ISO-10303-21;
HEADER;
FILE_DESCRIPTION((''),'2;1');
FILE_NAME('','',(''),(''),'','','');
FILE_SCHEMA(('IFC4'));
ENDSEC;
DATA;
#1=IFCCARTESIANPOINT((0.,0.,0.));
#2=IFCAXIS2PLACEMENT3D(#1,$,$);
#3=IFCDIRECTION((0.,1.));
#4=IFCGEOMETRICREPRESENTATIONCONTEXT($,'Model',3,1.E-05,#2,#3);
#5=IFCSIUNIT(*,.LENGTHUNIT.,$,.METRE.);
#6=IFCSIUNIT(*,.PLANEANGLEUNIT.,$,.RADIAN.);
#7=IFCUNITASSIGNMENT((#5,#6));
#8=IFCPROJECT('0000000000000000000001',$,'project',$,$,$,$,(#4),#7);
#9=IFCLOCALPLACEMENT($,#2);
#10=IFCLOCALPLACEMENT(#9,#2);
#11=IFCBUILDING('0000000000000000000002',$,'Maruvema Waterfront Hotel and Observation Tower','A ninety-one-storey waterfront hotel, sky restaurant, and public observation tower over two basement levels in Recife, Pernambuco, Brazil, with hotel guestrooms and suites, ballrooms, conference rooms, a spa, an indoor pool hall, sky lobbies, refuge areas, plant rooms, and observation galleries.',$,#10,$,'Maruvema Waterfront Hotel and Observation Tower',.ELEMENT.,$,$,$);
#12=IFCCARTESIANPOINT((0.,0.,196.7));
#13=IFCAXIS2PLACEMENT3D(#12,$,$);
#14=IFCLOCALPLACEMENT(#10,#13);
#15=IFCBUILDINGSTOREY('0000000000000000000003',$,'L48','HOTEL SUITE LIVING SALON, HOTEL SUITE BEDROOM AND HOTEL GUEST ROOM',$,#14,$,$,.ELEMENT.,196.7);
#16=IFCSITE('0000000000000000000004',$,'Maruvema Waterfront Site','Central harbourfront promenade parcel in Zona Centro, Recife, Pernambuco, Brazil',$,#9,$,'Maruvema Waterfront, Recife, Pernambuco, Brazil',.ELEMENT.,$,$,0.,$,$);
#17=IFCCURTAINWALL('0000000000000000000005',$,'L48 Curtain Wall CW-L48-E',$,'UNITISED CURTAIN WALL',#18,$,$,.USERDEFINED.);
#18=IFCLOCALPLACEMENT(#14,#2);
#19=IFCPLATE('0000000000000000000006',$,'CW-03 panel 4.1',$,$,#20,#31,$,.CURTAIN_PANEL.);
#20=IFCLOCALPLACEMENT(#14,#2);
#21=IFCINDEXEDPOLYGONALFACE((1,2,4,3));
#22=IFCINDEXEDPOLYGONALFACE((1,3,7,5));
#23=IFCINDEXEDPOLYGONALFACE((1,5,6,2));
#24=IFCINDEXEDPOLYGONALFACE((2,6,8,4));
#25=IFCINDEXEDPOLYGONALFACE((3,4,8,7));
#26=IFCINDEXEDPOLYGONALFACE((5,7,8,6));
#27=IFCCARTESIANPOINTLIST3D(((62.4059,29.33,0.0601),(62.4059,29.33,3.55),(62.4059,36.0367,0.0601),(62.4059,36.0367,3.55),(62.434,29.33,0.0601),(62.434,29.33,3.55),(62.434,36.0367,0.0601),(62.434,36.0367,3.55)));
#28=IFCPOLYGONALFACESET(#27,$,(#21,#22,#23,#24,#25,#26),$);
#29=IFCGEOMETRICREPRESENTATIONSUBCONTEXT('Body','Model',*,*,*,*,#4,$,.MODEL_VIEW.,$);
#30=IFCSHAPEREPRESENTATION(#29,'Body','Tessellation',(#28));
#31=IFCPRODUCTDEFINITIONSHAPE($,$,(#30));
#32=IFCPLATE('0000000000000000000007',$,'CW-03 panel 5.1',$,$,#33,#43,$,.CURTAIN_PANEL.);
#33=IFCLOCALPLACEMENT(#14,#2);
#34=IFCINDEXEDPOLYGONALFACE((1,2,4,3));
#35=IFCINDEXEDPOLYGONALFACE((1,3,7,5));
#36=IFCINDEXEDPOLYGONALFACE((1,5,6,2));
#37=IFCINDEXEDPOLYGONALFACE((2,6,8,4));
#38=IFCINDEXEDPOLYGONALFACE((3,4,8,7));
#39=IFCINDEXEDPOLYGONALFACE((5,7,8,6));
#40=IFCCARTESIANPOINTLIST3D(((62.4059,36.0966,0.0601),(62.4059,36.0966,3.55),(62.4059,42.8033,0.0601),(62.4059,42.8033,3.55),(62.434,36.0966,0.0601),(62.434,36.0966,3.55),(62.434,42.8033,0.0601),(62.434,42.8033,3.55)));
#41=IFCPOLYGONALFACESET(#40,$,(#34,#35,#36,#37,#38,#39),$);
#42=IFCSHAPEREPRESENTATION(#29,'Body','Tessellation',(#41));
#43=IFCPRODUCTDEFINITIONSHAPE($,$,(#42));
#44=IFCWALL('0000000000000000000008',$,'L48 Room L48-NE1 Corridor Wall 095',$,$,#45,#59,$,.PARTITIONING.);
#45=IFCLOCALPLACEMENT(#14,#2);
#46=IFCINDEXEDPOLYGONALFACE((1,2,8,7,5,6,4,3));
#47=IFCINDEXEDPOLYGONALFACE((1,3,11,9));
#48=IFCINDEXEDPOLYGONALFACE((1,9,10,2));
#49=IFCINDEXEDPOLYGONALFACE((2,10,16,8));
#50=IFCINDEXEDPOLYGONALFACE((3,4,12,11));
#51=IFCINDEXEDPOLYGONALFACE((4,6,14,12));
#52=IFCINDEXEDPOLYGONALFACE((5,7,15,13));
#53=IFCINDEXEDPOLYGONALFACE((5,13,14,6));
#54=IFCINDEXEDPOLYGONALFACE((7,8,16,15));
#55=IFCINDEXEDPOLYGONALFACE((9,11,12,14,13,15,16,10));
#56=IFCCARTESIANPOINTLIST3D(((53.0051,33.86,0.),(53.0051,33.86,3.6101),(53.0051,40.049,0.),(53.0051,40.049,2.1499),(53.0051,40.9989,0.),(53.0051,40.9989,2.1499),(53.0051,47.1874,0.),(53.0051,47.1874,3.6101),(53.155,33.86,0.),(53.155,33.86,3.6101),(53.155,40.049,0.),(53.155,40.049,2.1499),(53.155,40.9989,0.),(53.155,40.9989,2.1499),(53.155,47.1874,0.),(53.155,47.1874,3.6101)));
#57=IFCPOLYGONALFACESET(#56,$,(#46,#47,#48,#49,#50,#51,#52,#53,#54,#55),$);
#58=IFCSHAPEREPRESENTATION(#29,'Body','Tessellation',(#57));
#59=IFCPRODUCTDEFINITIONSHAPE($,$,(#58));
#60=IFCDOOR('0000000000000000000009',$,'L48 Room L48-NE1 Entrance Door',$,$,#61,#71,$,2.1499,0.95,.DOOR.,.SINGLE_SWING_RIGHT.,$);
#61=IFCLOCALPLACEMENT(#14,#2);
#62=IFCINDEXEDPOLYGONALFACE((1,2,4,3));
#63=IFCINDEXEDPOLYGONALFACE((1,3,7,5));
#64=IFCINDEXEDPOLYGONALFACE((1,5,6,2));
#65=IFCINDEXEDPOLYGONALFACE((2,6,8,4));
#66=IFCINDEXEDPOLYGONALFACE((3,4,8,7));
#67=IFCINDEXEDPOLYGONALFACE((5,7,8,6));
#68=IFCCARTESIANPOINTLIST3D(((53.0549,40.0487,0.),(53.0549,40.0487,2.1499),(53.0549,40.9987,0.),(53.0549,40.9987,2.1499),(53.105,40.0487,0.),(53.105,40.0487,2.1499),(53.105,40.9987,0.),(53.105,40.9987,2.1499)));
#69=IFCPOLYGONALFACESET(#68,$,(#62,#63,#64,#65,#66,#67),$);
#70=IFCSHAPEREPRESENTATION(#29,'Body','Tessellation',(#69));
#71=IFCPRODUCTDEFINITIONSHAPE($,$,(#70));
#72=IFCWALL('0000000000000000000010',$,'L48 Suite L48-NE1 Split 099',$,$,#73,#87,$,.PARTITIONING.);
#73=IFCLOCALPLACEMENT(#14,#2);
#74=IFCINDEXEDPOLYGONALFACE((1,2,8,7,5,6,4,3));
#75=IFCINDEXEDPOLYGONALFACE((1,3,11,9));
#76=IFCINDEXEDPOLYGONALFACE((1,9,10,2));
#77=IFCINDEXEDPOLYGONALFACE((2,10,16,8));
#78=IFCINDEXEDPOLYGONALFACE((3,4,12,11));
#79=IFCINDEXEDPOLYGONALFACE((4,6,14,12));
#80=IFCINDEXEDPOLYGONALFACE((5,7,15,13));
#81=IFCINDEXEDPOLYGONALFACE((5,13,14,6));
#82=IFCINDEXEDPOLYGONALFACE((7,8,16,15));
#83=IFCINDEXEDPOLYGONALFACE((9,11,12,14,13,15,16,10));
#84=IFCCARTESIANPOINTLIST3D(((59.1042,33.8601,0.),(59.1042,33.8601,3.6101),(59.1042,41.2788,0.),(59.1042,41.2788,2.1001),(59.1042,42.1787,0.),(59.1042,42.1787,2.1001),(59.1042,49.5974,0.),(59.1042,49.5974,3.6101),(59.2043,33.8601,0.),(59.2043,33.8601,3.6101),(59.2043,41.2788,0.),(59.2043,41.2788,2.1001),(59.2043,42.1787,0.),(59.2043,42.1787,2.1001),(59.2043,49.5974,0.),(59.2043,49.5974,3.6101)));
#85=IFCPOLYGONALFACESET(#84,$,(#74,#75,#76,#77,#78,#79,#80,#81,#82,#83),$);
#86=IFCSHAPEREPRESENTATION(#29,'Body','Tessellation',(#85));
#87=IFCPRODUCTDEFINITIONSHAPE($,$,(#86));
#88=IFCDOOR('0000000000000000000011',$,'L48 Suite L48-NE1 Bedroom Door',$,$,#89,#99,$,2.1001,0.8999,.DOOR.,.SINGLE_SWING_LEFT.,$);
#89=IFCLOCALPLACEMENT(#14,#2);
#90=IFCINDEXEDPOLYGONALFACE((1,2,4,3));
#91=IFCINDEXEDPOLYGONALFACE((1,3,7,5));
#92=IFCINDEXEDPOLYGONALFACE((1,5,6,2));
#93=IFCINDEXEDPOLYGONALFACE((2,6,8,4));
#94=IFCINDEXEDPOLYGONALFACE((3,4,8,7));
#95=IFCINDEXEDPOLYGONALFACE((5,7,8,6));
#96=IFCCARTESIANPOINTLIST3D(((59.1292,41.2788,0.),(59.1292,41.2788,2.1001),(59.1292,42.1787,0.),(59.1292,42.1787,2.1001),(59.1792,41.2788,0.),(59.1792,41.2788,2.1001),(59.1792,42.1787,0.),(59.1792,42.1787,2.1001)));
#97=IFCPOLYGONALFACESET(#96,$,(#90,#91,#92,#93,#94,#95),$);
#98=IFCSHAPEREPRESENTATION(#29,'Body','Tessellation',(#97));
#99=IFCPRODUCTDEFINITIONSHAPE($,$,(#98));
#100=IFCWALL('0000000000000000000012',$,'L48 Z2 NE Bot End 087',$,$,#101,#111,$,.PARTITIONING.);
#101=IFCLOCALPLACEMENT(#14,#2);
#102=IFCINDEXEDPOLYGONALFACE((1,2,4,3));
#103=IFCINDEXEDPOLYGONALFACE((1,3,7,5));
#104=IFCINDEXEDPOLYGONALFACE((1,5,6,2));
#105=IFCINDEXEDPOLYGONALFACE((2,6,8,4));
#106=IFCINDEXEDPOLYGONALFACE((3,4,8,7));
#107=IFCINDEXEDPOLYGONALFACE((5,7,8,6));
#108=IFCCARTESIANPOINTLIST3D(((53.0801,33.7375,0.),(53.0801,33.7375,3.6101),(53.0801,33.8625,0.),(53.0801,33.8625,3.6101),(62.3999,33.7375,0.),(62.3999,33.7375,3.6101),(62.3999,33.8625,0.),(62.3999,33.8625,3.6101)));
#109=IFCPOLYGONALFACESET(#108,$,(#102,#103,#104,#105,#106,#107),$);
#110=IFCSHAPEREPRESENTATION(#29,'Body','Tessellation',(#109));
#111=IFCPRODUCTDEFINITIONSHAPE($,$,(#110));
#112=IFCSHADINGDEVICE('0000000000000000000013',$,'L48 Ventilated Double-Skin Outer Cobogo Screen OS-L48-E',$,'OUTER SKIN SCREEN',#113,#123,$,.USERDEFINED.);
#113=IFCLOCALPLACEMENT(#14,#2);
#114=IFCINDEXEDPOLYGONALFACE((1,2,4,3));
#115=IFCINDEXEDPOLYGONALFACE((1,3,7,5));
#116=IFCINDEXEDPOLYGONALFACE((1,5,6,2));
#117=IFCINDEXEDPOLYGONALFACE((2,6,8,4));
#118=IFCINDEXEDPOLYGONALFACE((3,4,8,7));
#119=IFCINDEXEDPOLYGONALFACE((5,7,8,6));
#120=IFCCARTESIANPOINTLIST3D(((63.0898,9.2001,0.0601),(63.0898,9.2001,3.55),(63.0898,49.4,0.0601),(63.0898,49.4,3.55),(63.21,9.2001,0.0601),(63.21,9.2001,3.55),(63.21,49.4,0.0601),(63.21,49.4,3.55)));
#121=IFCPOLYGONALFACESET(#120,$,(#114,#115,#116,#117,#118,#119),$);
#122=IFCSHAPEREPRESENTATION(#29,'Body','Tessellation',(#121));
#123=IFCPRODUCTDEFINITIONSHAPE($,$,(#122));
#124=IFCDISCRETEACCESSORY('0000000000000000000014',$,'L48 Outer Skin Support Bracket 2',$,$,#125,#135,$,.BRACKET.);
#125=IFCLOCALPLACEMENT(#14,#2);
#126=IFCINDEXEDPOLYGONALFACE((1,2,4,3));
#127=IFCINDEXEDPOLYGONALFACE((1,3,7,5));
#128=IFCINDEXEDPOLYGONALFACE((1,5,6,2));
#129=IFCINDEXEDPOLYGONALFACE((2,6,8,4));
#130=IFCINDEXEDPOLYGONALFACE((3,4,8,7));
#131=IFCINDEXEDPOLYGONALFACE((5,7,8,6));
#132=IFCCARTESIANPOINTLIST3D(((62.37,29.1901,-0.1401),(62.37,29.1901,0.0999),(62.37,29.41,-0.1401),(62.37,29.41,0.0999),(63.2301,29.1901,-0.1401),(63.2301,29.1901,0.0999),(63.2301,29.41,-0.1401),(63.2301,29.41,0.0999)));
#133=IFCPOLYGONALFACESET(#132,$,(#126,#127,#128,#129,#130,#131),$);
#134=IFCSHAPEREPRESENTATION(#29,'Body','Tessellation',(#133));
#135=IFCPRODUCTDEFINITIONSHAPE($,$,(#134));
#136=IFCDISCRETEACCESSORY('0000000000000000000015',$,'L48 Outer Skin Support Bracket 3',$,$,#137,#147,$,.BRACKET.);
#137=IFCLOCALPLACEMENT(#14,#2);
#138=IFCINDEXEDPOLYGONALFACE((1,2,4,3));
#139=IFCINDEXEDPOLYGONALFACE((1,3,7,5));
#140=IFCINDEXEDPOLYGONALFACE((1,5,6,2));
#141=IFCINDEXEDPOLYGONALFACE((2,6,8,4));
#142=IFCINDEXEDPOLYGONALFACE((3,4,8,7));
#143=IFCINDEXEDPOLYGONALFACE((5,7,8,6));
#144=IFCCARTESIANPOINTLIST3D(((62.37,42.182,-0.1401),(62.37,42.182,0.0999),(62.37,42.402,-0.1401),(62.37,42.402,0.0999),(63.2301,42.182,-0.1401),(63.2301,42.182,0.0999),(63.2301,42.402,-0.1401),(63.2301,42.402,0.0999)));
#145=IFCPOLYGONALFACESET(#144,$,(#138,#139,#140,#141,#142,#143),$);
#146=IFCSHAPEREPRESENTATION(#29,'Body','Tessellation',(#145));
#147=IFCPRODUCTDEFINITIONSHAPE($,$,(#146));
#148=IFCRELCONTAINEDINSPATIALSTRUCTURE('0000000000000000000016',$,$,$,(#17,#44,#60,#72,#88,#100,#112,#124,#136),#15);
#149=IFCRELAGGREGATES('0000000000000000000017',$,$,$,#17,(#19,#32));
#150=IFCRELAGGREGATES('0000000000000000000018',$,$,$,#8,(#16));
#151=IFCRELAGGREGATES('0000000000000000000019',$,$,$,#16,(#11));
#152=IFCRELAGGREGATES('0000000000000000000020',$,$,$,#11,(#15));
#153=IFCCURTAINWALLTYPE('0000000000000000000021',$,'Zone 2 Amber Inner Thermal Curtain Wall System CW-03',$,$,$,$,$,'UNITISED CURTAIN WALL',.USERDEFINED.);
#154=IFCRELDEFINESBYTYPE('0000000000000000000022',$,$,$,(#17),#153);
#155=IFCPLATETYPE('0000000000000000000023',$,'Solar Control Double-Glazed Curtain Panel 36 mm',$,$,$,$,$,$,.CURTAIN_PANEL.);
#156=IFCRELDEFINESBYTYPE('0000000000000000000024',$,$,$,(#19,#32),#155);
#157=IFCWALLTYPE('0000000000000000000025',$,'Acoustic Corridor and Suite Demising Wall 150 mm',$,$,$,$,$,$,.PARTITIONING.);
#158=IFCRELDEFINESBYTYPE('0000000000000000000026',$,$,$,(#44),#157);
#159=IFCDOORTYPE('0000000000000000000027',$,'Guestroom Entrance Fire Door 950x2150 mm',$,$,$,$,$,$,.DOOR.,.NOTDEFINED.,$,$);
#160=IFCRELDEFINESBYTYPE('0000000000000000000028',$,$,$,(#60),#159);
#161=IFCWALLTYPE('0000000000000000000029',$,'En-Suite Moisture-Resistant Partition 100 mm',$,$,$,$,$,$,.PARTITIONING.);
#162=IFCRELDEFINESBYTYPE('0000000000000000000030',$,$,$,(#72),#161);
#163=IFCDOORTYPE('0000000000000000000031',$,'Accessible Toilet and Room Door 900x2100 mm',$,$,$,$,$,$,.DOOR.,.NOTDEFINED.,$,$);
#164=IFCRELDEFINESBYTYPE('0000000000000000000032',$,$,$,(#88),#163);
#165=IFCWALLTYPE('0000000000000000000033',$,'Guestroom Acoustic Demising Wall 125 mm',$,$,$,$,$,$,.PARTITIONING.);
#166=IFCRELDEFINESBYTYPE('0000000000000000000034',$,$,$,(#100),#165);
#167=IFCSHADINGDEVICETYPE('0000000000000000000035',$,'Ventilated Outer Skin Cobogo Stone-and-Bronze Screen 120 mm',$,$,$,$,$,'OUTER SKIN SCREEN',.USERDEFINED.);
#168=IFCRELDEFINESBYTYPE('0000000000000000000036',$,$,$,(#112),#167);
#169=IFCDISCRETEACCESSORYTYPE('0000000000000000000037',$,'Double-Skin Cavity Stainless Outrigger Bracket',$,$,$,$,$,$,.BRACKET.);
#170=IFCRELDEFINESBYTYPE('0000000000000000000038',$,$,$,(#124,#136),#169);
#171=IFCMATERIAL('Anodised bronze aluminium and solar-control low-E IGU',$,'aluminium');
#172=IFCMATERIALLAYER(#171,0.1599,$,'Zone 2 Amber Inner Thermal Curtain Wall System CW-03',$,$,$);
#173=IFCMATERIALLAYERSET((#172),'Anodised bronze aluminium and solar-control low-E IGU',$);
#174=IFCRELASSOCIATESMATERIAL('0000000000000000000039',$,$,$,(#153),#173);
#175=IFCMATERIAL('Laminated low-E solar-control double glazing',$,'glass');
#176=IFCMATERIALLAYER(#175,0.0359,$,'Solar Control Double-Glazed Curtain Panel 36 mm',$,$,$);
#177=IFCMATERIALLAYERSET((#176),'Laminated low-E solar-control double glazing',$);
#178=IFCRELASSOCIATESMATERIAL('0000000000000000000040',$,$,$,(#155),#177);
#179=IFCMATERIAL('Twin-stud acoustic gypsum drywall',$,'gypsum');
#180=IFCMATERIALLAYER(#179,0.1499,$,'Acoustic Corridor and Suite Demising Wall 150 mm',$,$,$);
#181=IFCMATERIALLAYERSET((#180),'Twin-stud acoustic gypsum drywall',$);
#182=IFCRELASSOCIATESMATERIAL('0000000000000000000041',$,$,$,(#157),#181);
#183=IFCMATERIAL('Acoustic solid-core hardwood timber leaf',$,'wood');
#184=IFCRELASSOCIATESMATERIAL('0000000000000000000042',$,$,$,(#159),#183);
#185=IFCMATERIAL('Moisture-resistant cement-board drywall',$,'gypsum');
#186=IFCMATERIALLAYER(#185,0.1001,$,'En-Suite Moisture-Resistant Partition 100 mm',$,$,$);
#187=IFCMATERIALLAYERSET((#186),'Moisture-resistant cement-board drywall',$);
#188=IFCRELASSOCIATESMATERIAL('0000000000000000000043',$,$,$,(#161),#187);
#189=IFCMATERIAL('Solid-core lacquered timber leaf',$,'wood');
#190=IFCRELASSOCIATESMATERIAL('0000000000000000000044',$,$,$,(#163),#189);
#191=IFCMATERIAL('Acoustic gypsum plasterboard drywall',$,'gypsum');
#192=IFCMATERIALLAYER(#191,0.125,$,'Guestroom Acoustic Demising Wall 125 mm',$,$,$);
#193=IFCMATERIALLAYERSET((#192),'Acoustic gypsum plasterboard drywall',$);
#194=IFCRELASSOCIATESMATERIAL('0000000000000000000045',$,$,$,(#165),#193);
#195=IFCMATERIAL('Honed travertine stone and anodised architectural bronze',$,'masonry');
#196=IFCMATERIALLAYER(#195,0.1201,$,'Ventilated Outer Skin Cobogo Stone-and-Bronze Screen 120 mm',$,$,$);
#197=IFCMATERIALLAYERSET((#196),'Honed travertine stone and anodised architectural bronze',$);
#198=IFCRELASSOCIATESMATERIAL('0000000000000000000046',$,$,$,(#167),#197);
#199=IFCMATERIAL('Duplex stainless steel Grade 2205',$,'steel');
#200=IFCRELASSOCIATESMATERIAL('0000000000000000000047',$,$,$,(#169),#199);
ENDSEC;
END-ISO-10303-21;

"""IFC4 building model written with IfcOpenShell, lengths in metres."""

from ifc_helpers import new_model, si_unit, direction, frame, frame_2d, origin, origin_2d, place, context, subcontext, project, spatial, rectangle, extrude, material, layer, layer_set, type_object, element, fill, aggregate, save


model = new_model("IFC4")

# Units and contexts
model_context = context("Model", 3, precision=1e-05, world=origin(), true_north=direction((0.0, 1.0)))
body_context = subcontext(model_context, "Body", "Model", "MODEL_VIEW")
ifc_project = project(units=[si_unit("LENGTHUNIT", "METRE"), si_unit("PLANEANGLEUNIT", "RADIAN")], contexts=[model_context])

# Site, building, storey
site_placement = place(None, origin())
site = spatial("IfcSite", under=ifc_project, at=site_placement, Name="Maruvema Waterfront Site", Description="Central harbourfront promenade parcel in Zona Centro, Recife, Pernambuco, Brazil", LongName="Maruvema Waterfront, Recife, Pernambuco, Brazil", CompositionType="ELEMENT", RefElevation=0.0)
building_placement = place(site_placement, origin())
building = spatial("IfcBuilding", under=site, at=building_placement, Name="Maruvema Waterfront Hotel and Observation Tower", Description="A ninety-one-storey waterfront hotel, sky restaurant, and public observation tower over two basement levels in Recife, Pernambuco, Brazil, with hotel guestrooms and suites, ballrooms, conference rooms, a spa, an indoor pool hall, sky lobbies, refuge areas, plant rooms, and observation galleries.", LongName="Maruvema Waterfront Hotel and Observation Tower", CompositionType="ELEMENT")
storey_placement = place(building_placement, frame((0.0, 0.0, 196.7)))
storey = spatial("IfcBuildingStorey", under=building, at=storey_placement, Name="L48", Description="HOTEL SUITE LIVING SALON, HOTEL SUITE BEDROOM AND HOTEL GUEST ROOM", CompositionType="ELEMENT", Elevation=196.7)

# Curtain wall
ifc_material_1 = material(Name="Anodised bronze aluminium and solar-control low-E IGU", Category="aluminium")
ifc_layer_1 = layer(ifc_material_1, 0.1599, Name="Zone 2 Amber Inner Thermal Curtain Wall System CW-03")
ifc_layer_set_1 = layer_set([ifc_layer_1], Name="Anodised bronze aluminium and solar-control low-E IGU")
curtain_wall_type = type_object("IfcCurtainWallType", Name="Zone 2 Amber Inner Thermal Curtain Wall System CW-03", ElementType="UNITISED CURTAIN WALL", PredefinedType="USERDEFINED", material=ifc_layer_set_1)
curtain_wall_placement = place(storey_placement, origin())
curtain_wall = element("IfcCurtainWall", 1, at=curtain_wall_placement, inside=storey, type_object=curtain_wall_type, Name="L48 Curtain Wall CW-L48-E", ObjectType="UNITISED CURTAIN WALL", PredefinedType="USERDEFINED")

# Plates
ifc_material_2 = material(Name="Laminated low-E solar-control double glazing", Category="glass")
ifc_layer_2 = layer(ifc_material_2, 0.0359, Name="Solar Control Double-Glazed Curtain Panel 36 mm")
ifc_layer_set_2 = layer_set([ifc_layer_2], Name="Laminated low-E solar-control double glazing")
plate_type = type_object("IfcPlateType", Name="Solar Control Double-Glazed Curtain Panel 36 mm", PredefinedType="CURTAIN_PANEL", material=ifc_layer_set_2)
plate_1_placement = place(storey_placement, frame((62.4199, 32.6833, 0.0601), z_axis=(0.0, 0.0, 1.0), x_axis=(0.0, 1.0, 0.0)))
plate_1 = element("IfcPlate", 2, at=plate_1_placement, type_object=plate_type, Name="CW-03 panel 4.1", PredefinedType="CURTAIN_PANEL", context=body_context, shape_type="SweptSolid", body=[
    extrude(rectangle(XDim=6.7068, YDim=0.0281, at=origin_2d()), origin(), (0.0, 0.0, 1.0), 3.49),
])
plate_2_placement = place(storey_placement, frame((62.4199, 39.45, 0.0601), z_axis=(0.0, 0.0, 1.0), x_axis=(0.0, 1.0, 0.0)))
plate_2 = element("IfcPlate", 3, at=plate_2_placement, type_object=plate_type, Name="CW-03 panel 5.1", PredefinedType="CURTAIN_PANEL", context=body_context, shape_type="SweptSolid", body=[
    extrude(rectangle(XDim=6.7068, YDim=0.0281, at=origin_2d()), origin(), (0.0, 0.0, 1.0), 3.49),
])
aggregate(curtain_wall, [plate_1, plate_2])

# Walls, openings, doors
ifc_material_3 = material(Name="Twin-stud acoustic gypsum drywall", Category="gypsum")
ifc_layer_3 = layer(ifc_material_3, 0.1499, Name="Acoustic Corridor and Suite Demising Wall 150 mm")
ifc_layer_set_3 = layer_set([ifc_layer_3], Name="Twin-stud acoustic gypsum drywall")
wall_type_1 = type_object("IfcWallType", Name="Acoustic Corridor and Suite Demising Wall 150 mm", PredefinedType="PARTITIONING", material=ifc_layer_set_3)
wall_1_placement = place(storey_placement, frame((53.0801, 33.8601, 0.0), z_axis=(0.0, 0.0, 1.0), x_axis=(0.0, 1.0, 0.0)))
wall_1 = element("IfcWall", 4, at=wall_1_placement, inside=storey, type_object=wall_type_1, Name="L48 Room L48-NE1 Corridor Wall 095", PredefinedType="PARTITIONING", context=body_context, shape_type="SweptSolid", body=[
    extrude(rectangle(XDim=13.3274, YDim=0.1499, at=frame_2d((6.6636, 0.0))), origin(), (0.0, 0.0, 1.0), 3.6101),
])
opening_1_placement = place(wall_1_placement, frame((6.1887, 0.0, 0.0)))
opening_1 = element("IfcOpeningElement", 5, at=opening_1_placement, cuts=wall_1, PredefinedType="OPENING", context=body_context, shape_type="SweptSolid", body=[
    extrude(rectangle(XDim=0.95, YDim=2.1499, at=frame_2d((0.4751, 1.075))), frame((0.0, 0.085, 0.0), z_axis=(0.0, -1.0, 0.0), x_axis=(1.0, 0.0, 0.0)), (0.0, 0.0, 1.0), 0.1699),
])
ifc_material_4 = material(Name="Acoustic solid-core hardwood timber leaf", Category="wood")
door_type_1 = type_object("IfcDoorType", Name="Guestroom Entrance Fire Door 950x2150 mm", OperationType="NOTDEFINED", PredefinedType="DOOR", material=ifc_material_4)
door_1_placement = place(opening_1_placement, frame((0.95, 0.0, 0.0), z_axis=(0.0, 0.0, 1.0), x_axis=(-1.0, 0.0, 0.0)))
door_1 = element("IfcDoor", 6, at=door_1_placement, inside=storey, type_object=door_type_1, Name="L48 Room L48-NE1 Entrance Door", OperationType="SINGLE_SWING_RIGHT", OverallHeight=2.1499, OverallWidth=0.95, PredefinedType="DOOR", context=body_context, shape_type="SweptSolid", body=[
    extrude(rectangle(XDim=0.95, YDim=2.1499, at=frame_2d((0.4751, 1.075))), frame((0.0, 0.0249, 0.0), z_axis=(0.0, -1.0, 0.0), x_axis=(1.0, 0.0, 0.0)), (0.0, 0.0, 1.0), 0.05),
])
fill(opening_1, door_1)
ifc_material_5 = material(Name="Moisture-resistant cement-board drywall", Category="gypsum")
ifc_layer_4 = layer(ifc_material_5, 0.1001, Name="En-Suite Moisture-Resistant Partition 100 mm")
ifc_layer_set_4 = layer_set([ifc_layer_4], Name="Moisture-resistant cement-board drywall")
wall_type_2 = type_object("IfcWallType", Name="En-Suite Moisture-Resistant Partition 100 mm", PredefinedType="PARTITIONING", material=ifc_layer_set_4)
wall_2_placement = place(storey_placement, frame((59.1543, 33.8601, 0.0), z_axis=(0.0, 0.0, 1.0), x_axis=(0.0, 1.0, 0.0)))
wall_2 = element("IfcWall", 7, at=wall_2_placement, inside=storey, type_object=wall_type_2, Name="L48 Suite L48-NE1 Split 099", PredefinedType="PARTITIONING", context=body_context, shape_type="SweptSolid", body=[
    extrude(rectangle(XDim=15.7373, YDim=0.1001, at=frame_2d((7.8687, 0.0))), origin(), (0.0, 0.0, 1.0), 3.6101),
])
opening_2_placement = place(wall_2_placement, frame((7.4187, 0.0, 0.0)))
opening_2 = element("IfcOpeningElement", 8, at=opening_2_placement, cuts=wall_2, PredefinedType="OPENING", context=body_context, shape_type="SweptSolid", body=[
    extrude(rectangle(XDim=0.8999, YDim=2.1001, at=frame_2d((0.45, 1.05))), frame((0.0, 0.0601, 0.0), z_axis=(0.0, -1.0, 0.0), x_axis=(1.0, 0.0, 0.0)), (0.0, 0.0, 1.0), 0.1201),
])
ifc_material_6 = material(Name="Solid-core lacquered timber leaf", Category="wood")
door_type_2 = type_object("IfcDoorType", Name="Accessible Toilet and Room Door 900x2100 mm", OperationType="NOTDEFINED", PredefinedType="DOOR", material=ifc_material_6)
door_2_placement = place(opening_2_placement, frame((0.8999, 0.0, 0.0), z_axis=(0.0, 0.0, 1.0), x_axis=(-1.0, 0.0, 0.0)))
door_2 = element("IfcDoor", 9, at=door_2_placement, inside=storey, type_object=door_type_2, Name="L48 Suite L48-NE1 Bedroom Door", OperationType="SINGLE_SWING_LEFT", OverallHeight=2.1001, OverallWidth=0.8999, PredefinedType="DOOR", context=body_context, shape_type="SweptSolid", body=[
    extrude(rectangle(XDim=0.8999, YDim=2.1001, at=frame_2d((0.45, 1.05))), frame((0.0, 0.0249, 0.0), z_axis=(0.0, -1.0, 0.0), x_axis=(1.0, 0.0, 0.0)), (0.0, 0.0, 1.0), 0.05),
])
fill(opening_2, door_2)

# Wall
ifc_material_7 = material(Name="Acoustic gypsum plasterboard drywall", Category="gypsum")
ifc_layer_5 = layer(ifc_material_7, 0.125, Name="Guestroom Acoustic Demising Wall 125 mm")
ifc_layer_set_5 = layer_set([ifc_layer_5], Name="Acoustic gypsum plasterboard drywall")
wall_type_3 = type_object("IfcWallType", Name="Guestroom Acoustic Demising Wall 125 mm", PredefinedType="PARTITIONING", material=ifc_layer_set_5)
wall_3_placement = place(storey_placement, frame((53.0801, 33.8, 0.0), z_axis=(0.0, 0.0, 1.0), x_axis=(1.0, 0.0, 0.0)))
element("IfcWall", 10, at=wall_3_placement, inside=storey, type_object=wall_type_3, Name="L48 Z2 NE Bot End 087", PredefinedType="PARTITIONING", context=body_context, shape_type="SweptSolid", body=[
    extrude(rectangle(XDim=9.3198, YDim=0.125, at=frame_2d((4.6599, 0.0))), origin(), (0.0, 0.0, 1.0), 3.6101),
])

# Shading device
ifc_material_8 = material(Name="Honed travertine stone and anodised architectural bronze", Category="masonry")
ifc_layer_6 = layer(ifc_material_8, 0.1201, Name="Ventilated Outer Skin Cobogo Stone-and-Bronze Screen 120 mm")
ifc_layer_set_6 = layer_set([ifc_layer_6], Name="Honed travertine stone and anodised architectural bronze")
shading_device_type = type_object("IfcShadingDeviceType", Name="Ventilated Outer Skin Cobogo Stone-and-Bronze Screen 120 mm", ElementType="OUTER SKIN SCREEN", PredefinedType="USERDEFINED", material=ifc_layer_set_6)
shading_device_placement = place(storey_placement, frame((63.1499, 29.3, 0.0601), z_axis=(0.0, 0.0, 1.0), x_axis=(0.0, 1.0, 0.0)))
element("IfcShadingDevice", 11, at=shading_device_placement, inside=storey, type_object=shading_device_type, Name="L48 Ventilated Double-Skin Outer Cobogo Screen OS-L48-E", ObjectType="OUTER SKIN SCREEN", PredefinedType="USERDEFINED", context=body_context, shape_type="SweptSolid", body=[
    extrude(rectangle(XDim=40.2, YDim=0.1201, at=origin_2d()), origin(), (0.0, 0.0, 1.0), 3.49),
])

# Discrete accessories
ifc_material_9 = material(Name="Duplex stainless steel Grade 2205", Category="steel")
discrete_accessory_type = type_object("IfcDiscreteAccessoryType", Name="Double-Skin Cavity Stainless Outrigger Bracket", PredefinedType="BRACKET", material=ifc_material_9)
for number, where, z_axis, x_axis, name in (
    (12, (62.8, 29.3, -0.1401), (0.0, 0.0, 1.0), (0.0, 1.0, 0.0), "L48 Outer Skin Support Bracket 2"),
    (13, (62.8, 42.292, -0.1401), (0.0, 0.0, 1.0), (0.0, 1.0, 0.0), "L48 Outer Skin Support Bracket 3"),
):
    element("IfcDiscreteAccessory", number, at=place(storey_placement, frame(where, z_axis=z_axis, x_axis=x_axis)), inside=storey, type_object=discrete_accessory_type, Name=name, PredefinedType="BRACKET", context=body_context, shape_type="SweptSolid", body=[
        extrude(rectangle(XDim=0.22, YDim=0.8601, at=origin_2d()), origin(), (0.0, 0.0, 1.0), 0.24),
    ])

save(model, "model.ifc")
